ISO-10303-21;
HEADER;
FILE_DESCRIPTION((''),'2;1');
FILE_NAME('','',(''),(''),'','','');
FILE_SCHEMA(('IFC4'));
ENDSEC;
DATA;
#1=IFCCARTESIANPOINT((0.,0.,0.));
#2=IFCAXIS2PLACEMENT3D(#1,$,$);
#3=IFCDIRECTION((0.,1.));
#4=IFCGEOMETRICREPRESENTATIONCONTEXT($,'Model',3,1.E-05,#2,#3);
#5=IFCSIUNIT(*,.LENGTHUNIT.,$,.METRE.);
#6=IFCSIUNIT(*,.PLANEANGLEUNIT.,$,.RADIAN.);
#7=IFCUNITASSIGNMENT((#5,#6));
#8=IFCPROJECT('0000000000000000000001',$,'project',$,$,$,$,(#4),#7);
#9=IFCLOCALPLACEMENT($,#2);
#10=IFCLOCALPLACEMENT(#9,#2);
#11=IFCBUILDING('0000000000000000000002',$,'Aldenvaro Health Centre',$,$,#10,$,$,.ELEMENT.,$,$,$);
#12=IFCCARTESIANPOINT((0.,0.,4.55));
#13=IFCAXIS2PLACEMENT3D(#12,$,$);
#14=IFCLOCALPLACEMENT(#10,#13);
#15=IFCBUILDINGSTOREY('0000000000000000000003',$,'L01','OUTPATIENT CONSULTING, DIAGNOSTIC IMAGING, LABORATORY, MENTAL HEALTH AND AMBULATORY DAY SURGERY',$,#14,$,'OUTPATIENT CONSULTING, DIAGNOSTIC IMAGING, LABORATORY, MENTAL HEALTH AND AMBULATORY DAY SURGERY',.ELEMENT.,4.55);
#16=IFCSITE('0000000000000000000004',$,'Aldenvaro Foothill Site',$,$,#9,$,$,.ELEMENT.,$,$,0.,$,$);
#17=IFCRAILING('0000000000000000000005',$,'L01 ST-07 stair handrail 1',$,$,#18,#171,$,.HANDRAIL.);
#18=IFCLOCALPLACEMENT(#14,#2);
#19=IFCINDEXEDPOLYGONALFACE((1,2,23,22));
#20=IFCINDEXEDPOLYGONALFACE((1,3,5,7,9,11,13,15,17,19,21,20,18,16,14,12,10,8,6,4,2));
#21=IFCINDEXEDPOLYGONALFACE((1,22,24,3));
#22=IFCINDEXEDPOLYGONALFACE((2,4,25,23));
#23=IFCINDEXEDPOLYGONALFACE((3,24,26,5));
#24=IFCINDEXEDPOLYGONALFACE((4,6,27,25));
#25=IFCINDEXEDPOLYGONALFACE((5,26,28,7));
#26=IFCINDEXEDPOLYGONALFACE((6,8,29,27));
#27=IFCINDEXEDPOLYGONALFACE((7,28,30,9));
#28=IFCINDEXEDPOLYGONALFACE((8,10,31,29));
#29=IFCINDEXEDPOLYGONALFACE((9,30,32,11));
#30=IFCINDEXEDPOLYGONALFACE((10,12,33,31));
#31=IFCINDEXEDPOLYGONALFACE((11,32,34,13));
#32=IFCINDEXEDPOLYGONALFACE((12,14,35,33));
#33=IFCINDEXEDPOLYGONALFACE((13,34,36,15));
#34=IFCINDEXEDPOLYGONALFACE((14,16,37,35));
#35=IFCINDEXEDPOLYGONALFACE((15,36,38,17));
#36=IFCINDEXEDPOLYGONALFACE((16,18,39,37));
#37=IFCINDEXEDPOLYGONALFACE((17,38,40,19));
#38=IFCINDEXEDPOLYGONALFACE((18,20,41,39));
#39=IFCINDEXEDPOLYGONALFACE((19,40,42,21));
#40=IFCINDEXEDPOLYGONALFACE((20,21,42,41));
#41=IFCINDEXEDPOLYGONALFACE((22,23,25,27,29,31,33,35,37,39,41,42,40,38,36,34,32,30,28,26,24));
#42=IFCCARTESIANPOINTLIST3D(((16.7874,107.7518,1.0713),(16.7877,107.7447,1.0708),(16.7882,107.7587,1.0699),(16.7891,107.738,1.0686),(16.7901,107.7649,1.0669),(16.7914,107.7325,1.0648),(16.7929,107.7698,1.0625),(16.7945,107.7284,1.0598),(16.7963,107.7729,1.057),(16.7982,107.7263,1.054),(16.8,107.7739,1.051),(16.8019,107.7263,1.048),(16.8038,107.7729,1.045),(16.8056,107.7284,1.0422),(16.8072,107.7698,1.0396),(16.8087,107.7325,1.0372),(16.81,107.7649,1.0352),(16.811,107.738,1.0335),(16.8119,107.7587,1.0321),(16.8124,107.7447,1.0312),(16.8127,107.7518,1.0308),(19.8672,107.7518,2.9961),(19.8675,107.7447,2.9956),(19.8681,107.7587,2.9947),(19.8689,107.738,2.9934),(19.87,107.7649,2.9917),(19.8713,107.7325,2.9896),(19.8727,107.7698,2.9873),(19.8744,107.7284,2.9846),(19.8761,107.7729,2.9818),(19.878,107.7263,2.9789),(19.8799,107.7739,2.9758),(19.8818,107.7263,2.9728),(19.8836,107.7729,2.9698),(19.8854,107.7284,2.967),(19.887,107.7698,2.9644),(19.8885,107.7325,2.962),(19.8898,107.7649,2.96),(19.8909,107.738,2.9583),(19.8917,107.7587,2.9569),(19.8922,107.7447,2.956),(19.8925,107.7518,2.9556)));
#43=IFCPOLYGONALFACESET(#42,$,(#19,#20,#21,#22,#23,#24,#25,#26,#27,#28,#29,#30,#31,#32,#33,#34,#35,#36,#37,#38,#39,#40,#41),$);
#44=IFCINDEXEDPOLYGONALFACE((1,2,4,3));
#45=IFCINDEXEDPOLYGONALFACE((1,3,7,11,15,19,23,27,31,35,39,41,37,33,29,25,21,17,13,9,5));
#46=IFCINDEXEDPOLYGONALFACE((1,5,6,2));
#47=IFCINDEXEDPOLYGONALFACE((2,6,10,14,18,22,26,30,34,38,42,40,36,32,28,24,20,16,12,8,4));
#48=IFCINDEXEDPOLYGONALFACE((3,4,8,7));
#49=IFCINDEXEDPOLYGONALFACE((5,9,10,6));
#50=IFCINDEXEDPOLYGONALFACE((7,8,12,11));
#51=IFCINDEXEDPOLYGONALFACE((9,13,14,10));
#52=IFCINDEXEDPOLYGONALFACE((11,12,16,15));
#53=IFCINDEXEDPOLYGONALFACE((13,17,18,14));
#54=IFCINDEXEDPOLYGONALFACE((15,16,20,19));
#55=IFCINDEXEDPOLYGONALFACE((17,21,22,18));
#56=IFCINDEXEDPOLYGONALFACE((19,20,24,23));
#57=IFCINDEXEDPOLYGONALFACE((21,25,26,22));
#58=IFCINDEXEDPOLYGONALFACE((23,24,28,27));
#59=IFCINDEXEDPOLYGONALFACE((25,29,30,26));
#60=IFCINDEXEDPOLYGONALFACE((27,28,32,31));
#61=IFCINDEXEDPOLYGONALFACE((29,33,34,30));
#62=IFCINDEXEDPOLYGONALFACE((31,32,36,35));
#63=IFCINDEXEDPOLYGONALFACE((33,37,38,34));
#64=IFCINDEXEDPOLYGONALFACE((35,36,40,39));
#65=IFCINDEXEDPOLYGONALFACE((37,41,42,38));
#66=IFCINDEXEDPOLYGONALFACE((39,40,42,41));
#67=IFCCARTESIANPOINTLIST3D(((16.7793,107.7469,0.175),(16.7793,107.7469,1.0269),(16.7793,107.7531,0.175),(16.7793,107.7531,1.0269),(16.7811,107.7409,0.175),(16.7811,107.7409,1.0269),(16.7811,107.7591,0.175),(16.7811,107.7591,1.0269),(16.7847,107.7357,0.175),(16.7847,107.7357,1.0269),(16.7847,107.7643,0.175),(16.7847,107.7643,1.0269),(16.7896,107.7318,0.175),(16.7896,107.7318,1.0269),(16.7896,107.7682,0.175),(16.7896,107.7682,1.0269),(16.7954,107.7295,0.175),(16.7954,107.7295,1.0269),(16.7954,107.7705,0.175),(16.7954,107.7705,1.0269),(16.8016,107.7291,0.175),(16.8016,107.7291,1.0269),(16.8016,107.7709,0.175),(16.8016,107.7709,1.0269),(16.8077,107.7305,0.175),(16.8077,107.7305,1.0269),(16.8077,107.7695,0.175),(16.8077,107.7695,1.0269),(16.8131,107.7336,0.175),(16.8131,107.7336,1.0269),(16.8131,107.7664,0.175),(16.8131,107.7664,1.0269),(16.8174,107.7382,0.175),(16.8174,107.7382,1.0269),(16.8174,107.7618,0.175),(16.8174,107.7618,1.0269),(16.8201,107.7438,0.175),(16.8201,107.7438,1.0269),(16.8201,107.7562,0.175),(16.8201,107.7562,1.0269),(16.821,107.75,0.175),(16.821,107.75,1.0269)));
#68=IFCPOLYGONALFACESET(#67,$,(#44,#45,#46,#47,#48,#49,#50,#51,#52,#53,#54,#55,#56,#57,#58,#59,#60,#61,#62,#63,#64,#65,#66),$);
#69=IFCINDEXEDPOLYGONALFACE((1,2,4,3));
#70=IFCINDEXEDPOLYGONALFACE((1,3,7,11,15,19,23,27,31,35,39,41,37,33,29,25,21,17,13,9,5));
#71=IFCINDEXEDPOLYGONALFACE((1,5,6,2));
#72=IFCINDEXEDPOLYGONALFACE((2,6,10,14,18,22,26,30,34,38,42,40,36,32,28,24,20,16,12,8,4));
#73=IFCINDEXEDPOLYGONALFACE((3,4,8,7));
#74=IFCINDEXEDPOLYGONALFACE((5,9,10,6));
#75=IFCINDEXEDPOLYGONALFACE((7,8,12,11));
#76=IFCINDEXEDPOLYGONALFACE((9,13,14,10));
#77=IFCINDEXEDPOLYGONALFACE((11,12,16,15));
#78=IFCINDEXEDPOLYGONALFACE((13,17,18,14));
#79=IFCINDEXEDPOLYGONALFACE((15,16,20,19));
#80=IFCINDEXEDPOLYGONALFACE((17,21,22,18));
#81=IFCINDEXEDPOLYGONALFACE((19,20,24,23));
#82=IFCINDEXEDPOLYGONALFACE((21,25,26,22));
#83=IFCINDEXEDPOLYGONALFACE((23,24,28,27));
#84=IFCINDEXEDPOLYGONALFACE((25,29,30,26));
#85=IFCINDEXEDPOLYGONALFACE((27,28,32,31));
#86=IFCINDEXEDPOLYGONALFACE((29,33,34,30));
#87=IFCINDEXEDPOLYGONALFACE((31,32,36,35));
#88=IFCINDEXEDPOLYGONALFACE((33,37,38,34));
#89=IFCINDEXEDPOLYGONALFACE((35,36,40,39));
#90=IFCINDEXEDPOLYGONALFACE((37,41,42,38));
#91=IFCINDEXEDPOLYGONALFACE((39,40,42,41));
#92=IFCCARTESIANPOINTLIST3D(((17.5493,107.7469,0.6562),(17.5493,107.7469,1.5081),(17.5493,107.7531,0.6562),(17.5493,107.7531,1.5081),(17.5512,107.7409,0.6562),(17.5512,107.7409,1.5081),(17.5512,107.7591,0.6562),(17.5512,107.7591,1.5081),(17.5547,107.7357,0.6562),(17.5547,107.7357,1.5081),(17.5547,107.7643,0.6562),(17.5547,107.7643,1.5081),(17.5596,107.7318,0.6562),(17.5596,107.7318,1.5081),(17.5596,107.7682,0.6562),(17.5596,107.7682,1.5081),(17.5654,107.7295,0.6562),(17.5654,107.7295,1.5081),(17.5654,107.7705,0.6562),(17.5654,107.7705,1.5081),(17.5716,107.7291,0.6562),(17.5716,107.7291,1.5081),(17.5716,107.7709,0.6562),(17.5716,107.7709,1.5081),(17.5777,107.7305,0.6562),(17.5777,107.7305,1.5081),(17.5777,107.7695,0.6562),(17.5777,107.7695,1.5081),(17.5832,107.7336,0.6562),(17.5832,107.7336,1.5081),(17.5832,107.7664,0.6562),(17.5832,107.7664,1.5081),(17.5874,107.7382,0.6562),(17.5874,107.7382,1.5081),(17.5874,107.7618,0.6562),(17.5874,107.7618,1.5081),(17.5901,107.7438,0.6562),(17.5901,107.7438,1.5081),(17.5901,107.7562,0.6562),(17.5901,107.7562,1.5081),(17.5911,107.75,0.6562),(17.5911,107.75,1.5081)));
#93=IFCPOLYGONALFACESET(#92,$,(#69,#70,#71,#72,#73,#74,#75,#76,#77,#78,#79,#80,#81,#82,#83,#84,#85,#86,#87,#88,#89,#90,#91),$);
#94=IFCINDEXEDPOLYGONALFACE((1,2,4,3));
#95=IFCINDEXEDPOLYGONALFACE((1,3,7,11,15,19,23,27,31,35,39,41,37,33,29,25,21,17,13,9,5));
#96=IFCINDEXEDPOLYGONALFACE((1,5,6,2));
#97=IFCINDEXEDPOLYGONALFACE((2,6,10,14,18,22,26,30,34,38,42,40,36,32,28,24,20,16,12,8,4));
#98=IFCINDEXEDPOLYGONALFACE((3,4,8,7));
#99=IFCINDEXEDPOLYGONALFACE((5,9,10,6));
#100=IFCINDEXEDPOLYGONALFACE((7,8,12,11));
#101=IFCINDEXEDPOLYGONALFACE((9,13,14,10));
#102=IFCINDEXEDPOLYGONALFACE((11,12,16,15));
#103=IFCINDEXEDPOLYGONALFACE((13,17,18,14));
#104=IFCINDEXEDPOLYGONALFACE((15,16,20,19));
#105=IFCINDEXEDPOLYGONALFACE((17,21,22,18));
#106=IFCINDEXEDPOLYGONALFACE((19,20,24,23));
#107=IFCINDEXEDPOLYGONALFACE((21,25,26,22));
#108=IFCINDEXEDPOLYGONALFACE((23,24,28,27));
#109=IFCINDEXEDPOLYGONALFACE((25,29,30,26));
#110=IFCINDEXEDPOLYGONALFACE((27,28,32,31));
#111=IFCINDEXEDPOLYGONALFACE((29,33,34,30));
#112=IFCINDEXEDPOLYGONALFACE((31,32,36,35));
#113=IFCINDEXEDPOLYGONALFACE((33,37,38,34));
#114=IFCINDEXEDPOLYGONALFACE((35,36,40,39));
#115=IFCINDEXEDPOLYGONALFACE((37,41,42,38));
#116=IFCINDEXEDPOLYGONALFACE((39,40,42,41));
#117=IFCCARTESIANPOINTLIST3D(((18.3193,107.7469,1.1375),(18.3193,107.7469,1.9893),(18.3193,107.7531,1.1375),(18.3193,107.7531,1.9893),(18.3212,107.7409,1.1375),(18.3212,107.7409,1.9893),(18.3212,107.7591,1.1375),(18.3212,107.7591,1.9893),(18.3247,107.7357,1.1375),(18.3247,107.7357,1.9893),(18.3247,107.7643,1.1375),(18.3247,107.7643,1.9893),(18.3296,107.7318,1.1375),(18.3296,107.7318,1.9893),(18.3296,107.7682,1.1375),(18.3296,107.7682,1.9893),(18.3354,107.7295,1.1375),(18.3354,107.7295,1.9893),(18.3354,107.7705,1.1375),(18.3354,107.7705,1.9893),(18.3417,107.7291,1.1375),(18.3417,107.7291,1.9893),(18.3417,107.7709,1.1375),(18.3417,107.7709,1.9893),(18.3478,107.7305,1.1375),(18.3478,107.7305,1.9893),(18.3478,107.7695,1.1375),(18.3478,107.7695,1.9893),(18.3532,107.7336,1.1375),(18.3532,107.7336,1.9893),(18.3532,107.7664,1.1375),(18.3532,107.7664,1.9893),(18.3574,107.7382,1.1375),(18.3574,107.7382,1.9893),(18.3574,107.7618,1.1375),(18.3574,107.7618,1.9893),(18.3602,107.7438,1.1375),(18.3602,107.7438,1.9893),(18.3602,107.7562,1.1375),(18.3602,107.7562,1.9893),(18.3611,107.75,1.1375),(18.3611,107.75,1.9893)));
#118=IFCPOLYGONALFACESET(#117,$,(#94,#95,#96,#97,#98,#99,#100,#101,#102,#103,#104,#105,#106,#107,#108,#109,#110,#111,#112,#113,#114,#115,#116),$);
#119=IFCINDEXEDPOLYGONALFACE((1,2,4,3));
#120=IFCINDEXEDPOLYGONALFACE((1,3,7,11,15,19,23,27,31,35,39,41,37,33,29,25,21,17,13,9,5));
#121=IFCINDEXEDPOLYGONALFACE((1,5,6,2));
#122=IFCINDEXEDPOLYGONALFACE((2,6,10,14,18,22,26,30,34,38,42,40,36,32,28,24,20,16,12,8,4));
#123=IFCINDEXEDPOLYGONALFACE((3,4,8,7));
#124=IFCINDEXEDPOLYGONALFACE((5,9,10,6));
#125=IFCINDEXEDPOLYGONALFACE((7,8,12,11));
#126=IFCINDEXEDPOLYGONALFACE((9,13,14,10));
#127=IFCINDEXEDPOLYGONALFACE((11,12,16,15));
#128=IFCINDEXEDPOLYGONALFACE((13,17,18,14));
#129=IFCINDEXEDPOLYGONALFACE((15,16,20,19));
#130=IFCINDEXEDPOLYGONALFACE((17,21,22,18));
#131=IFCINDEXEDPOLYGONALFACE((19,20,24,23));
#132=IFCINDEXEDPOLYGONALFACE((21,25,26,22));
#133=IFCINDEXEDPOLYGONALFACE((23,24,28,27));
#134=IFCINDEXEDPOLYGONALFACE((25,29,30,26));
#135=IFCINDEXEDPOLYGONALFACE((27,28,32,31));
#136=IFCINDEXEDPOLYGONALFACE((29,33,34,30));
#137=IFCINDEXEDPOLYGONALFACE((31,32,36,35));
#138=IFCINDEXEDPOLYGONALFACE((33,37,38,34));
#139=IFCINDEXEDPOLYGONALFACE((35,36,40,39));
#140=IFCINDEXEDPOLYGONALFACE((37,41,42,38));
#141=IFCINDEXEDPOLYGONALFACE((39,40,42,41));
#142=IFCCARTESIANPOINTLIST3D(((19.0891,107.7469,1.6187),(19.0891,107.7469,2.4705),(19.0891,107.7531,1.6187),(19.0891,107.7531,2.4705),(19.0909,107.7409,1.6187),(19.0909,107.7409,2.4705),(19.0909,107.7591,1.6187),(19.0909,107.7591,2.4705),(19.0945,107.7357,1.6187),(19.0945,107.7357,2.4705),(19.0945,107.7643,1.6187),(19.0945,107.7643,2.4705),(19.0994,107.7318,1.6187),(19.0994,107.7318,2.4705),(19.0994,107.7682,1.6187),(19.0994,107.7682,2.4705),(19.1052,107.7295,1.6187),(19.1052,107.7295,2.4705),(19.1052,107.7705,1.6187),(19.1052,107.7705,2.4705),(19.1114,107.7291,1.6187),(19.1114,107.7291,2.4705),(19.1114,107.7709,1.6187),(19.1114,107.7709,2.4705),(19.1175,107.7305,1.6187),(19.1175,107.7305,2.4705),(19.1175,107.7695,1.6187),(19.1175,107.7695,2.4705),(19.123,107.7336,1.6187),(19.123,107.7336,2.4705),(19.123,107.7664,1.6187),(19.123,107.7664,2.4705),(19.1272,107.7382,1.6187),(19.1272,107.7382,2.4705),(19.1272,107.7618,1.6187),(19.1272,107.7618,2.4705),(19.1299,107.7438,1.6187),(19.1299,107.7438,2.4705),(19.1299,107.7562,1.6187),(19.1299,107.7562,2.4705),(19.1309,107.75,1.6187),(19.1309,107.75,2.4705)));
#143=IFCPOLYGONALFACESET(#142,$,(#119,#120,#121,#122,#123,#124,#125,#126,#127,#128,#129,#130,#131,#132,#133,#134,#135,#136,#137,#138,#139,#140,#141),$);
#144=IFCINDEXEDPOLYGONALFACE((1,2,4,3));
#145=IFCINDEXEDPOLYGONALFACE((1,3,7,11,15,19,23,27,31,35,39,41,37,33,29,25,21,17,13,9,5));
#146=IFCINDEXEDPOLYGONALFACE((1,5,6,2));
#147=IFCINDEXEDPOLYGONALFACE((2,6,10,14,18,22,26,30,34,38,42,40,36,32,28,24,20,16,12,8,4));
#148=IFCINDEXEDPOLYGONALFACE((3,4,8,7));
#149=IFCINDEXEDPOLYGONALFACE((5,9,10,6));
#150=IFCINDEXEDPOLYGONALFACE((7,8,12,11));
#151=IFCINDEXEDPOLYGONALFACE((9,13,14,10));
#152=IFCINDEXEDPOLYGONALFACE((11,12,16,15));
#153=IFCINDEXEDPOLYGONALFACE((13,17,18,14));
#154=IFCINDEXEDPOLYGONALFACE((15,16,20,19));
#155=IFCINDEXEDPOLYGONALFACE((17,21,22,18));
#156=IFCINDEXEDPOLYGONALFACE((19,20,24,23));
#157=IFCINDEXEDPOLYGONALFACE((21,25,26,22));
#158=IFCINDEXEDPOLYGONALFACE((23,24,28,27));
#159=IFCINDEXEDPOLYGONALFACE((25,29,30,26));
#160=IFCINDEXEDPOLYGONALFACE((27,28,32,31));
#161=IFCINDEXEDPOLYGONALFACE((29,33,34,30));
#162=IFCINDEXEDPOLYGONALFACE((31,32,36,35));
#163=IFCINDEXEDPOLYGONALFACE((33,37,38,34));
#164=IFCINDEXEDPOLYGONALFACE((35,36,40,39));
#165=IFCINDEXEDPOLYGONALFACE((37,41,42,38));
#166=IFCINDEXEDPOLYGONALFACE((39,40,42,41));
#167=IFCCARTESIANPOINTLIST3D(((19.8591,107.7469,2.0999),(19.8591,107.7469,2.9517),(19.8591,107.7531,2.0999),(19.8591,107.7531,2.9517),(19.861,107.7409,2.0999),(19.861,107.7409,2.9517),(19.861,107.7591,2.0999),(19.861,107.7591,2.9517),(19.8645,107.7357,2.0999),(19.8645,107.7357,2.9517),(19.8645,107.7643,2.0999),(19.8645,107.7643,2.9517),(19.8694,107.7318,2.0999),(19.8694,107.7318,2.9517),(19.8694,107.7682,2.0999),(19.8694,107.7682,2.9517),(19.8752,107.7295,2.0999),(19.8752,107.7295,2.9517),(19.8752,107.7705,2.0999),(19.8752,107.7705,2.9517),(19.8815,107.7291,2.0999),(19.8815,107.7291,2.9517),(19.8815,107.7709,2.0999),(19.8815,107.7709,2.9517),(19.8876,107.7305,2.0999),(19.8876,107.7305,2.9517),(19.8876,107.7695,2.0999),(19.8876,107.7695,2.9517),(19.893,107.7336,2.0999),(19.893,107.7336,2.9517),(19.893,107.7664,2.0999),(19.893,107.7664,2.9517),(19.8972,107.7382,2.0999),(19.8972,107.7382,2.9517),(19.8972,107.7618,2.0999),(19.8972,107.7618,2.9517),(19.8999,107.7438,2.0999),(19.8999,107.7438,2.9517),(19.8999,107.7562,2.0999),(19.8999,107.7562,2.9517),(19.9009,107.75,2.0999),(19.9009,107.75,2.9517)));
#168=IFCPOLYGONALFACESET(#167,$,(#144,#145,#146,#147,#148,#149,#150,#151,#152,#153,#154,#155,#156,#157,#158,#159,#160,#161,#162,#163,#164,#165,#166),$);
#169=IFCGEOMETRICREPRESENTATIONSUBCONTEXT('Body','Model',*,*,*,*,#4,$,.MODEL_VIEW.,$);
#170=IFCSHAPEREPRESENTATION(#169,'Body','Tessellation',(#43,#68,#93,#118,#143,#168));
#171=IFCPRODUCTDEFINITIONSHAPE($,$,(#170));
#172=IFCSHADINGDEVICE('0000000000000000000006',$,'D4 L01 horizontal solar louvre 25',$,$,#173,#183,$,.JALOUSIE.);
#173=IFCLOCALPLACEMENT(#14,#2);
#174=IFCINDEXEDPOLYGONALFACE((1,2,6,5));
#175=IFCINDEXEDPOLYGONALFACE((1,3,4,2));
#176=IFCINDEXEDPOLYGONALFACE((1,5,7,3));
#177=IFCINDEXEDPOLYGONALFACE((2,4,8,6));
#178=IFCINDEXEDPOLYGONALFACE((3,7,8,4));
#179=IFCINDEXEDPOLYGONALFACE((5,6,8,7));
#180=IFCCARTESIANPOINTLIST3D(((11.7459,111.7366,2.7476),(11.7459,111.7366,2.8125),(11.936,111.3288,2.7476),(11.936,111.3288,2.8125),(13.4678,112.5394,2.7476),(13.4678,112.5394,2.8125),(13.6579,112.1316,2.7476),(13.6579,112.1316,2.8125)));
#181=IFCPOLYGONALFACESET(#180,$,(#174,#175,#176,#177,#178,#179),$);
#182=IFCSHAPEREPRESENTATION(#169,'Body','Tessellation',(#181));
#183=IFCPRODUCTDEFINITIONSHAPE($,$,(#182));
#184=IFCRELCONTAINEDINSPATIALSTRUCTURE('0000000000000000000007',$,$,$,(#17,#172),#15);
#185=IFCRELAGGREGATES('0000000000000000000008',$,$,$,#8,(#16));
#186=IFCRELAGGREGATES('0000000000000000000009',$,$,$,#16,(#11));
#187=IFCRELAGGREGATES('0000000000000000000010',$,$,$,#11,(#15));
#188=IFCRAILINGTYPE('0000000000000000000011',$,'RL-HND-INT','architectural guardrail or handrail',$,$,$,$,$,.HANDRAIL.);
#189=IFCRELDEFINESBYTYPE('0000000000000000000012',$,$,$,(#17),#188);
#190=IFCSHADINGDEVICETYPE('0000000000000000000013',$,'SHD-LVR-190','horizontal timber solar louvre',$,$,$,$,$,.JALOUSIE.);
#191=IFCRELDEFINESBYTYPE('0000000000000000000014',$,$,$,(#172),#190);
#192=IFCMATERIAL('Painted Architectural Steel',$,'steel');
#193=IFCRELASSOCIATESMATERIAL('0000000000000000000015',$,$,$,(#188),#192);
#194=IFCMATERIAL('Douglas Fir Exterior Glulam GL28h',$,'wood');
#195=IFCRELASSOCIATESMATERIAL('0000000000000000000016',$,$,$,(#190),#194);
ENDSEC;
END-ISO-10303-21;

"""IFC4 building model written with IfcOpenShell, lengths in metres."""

from ifc_helpers import new_model, si_unit, direction, frame, origin, origin_2d, place, context, subcontext, project, spatial, rectangle, circle, extrude, material, type_object, element, save


model = new_model("IFC4")

# Units and contexts
model_context = context("Model", 3, precision=1e-05, world=origin(), true_north=direction((0.0, 1.0)))
body_context = subcontext(model_context, "Body", "Model", "MODEL_VIEW")
ifc_project = project(units=[si_unit("LENGTHUNIT", "METRE"), si_unit("PLANEANGLEUNIT", "RADIAN")], contexts=[model_context])

# Site, building, storey
site_placement = place(None, origin())
site = spatial("IfcSite", under=ifc_project, at=site_placement, Name="Aldenvaro Foothill Site", CompositionType="ELEMENT", RefElevation=0.0)
building_placement = place(site_placement, origin())
building = spatial("IfcBuilding", under=site, at=building_placement, Name="Aldenvaro Health Centre", CompositionType="ELEMENT")
storey_placement = place(building_placement, frame((0.0, 0.0, 4.55)))
storey = spatial("IfcBuildingStorey", under=building, at=storey_placement, Name="L01", Description="OUTPATIENT CONSULTING, DIAGNOSTIC IMAGING, LABORATORY, MENTAL HEALTH AND AMBULATORY DAY SURGERY", LongName="OUTPATIENT CONSULTING, DIAGNOSTIC IMAGING, LABORATORY, MENTAL HEALTH AND AMBULATORY DAY SURGERY", CompositionType="ELEMENT", Elevation=4.55)

# Railing
ifc_material_1 = material(Name="Painted Architectural Steel", Category="steel")
railing_type_1 = type_object("IfcRailingType", Name="RL-HND-INT", Description="architectural guardrail or handrail", PredefinedType="HANDRAIL", material=ifc_material_1)
railing_1_placement = place(storey_placement, frame((16.8, 107.75, 0.175)))
element("IfcRailing", 1, at=railing_1_placement, inside=storey, type_object=railing_type_1, Name="L01 ST-07 stair handrail 1", PredefinedType="HANDRAIL", context=body_context, shape_type="SweptSolid", body=[
    extrude(circle(Radius=0.0239, at=origin_2d()), frame((0.0, 0.0, 0.876), z_axis=(0.84801, 0.0, 0.529981), x_axis=(0.0, 1.0, 0.0)), (0.0, 0.0, 1.0), 3.6318),
    extrude(circle(Radius=0.021, at=origin_2d()), origin(), (0.0, 0.0, 1.0), 0.8518),
    extrude(circle(Radius=0.021, at=origin_2d()), frame((0.77, 0.0, 0.4812)), (0.0, 0.0, 1.0), 0.8518),
    extrude(circle(Radius=0.021, at=origin_2d()), frame((1.54, 0.0, 0.9624)), (0.0, 0.0, 1.0), 0.8518),
    extrude(circle(Radius=0.021, at=origin_2d()), frame((2.3098, 0.0, 1.4436)), (0.0, 0.0, 1.0), 0.8518),
    extrude(circle(Radius=0.021, at=origin_2d()), frame((3.0798, 0.0, 1.9248)), (0.0, 0.0, 1.0), 0.8518),
])

# Shading device
ifc_material_2 = material(Name="Douglas Fir Exterior Glulam GL28h", Category="wood")
shading_device_type = type_object("IfcShadingDeviceType", Name="SHD-LVR-190", Description="horizontal timber solar louvre", PredefinedType="JALOUSIE", material=ifc_material_2)
shading_device_placement = place(storey_placement, frame((12.7019, 111.9341, 2.7476), z_axis=(0.0, 0.0, 1.0), x_axis=(0.906336, 0.422557, 0.0)))
element("IfcShadingDevice", 2, at=shading_device_placement, inside=storey, type_object=shading_device_type, Name="D4 L01 horizontal solar louvre 25", PredefinedType="JALOUSIE", context=body_context, shape_type="SweptSolid", body=[
    extrude(rectangle(XDim=1.8999, YDim=0.45, at=origin_2d()), origin(), (0.0, 0.0, 1.0), 0.0649),
])

save(model, "model.ifc")
